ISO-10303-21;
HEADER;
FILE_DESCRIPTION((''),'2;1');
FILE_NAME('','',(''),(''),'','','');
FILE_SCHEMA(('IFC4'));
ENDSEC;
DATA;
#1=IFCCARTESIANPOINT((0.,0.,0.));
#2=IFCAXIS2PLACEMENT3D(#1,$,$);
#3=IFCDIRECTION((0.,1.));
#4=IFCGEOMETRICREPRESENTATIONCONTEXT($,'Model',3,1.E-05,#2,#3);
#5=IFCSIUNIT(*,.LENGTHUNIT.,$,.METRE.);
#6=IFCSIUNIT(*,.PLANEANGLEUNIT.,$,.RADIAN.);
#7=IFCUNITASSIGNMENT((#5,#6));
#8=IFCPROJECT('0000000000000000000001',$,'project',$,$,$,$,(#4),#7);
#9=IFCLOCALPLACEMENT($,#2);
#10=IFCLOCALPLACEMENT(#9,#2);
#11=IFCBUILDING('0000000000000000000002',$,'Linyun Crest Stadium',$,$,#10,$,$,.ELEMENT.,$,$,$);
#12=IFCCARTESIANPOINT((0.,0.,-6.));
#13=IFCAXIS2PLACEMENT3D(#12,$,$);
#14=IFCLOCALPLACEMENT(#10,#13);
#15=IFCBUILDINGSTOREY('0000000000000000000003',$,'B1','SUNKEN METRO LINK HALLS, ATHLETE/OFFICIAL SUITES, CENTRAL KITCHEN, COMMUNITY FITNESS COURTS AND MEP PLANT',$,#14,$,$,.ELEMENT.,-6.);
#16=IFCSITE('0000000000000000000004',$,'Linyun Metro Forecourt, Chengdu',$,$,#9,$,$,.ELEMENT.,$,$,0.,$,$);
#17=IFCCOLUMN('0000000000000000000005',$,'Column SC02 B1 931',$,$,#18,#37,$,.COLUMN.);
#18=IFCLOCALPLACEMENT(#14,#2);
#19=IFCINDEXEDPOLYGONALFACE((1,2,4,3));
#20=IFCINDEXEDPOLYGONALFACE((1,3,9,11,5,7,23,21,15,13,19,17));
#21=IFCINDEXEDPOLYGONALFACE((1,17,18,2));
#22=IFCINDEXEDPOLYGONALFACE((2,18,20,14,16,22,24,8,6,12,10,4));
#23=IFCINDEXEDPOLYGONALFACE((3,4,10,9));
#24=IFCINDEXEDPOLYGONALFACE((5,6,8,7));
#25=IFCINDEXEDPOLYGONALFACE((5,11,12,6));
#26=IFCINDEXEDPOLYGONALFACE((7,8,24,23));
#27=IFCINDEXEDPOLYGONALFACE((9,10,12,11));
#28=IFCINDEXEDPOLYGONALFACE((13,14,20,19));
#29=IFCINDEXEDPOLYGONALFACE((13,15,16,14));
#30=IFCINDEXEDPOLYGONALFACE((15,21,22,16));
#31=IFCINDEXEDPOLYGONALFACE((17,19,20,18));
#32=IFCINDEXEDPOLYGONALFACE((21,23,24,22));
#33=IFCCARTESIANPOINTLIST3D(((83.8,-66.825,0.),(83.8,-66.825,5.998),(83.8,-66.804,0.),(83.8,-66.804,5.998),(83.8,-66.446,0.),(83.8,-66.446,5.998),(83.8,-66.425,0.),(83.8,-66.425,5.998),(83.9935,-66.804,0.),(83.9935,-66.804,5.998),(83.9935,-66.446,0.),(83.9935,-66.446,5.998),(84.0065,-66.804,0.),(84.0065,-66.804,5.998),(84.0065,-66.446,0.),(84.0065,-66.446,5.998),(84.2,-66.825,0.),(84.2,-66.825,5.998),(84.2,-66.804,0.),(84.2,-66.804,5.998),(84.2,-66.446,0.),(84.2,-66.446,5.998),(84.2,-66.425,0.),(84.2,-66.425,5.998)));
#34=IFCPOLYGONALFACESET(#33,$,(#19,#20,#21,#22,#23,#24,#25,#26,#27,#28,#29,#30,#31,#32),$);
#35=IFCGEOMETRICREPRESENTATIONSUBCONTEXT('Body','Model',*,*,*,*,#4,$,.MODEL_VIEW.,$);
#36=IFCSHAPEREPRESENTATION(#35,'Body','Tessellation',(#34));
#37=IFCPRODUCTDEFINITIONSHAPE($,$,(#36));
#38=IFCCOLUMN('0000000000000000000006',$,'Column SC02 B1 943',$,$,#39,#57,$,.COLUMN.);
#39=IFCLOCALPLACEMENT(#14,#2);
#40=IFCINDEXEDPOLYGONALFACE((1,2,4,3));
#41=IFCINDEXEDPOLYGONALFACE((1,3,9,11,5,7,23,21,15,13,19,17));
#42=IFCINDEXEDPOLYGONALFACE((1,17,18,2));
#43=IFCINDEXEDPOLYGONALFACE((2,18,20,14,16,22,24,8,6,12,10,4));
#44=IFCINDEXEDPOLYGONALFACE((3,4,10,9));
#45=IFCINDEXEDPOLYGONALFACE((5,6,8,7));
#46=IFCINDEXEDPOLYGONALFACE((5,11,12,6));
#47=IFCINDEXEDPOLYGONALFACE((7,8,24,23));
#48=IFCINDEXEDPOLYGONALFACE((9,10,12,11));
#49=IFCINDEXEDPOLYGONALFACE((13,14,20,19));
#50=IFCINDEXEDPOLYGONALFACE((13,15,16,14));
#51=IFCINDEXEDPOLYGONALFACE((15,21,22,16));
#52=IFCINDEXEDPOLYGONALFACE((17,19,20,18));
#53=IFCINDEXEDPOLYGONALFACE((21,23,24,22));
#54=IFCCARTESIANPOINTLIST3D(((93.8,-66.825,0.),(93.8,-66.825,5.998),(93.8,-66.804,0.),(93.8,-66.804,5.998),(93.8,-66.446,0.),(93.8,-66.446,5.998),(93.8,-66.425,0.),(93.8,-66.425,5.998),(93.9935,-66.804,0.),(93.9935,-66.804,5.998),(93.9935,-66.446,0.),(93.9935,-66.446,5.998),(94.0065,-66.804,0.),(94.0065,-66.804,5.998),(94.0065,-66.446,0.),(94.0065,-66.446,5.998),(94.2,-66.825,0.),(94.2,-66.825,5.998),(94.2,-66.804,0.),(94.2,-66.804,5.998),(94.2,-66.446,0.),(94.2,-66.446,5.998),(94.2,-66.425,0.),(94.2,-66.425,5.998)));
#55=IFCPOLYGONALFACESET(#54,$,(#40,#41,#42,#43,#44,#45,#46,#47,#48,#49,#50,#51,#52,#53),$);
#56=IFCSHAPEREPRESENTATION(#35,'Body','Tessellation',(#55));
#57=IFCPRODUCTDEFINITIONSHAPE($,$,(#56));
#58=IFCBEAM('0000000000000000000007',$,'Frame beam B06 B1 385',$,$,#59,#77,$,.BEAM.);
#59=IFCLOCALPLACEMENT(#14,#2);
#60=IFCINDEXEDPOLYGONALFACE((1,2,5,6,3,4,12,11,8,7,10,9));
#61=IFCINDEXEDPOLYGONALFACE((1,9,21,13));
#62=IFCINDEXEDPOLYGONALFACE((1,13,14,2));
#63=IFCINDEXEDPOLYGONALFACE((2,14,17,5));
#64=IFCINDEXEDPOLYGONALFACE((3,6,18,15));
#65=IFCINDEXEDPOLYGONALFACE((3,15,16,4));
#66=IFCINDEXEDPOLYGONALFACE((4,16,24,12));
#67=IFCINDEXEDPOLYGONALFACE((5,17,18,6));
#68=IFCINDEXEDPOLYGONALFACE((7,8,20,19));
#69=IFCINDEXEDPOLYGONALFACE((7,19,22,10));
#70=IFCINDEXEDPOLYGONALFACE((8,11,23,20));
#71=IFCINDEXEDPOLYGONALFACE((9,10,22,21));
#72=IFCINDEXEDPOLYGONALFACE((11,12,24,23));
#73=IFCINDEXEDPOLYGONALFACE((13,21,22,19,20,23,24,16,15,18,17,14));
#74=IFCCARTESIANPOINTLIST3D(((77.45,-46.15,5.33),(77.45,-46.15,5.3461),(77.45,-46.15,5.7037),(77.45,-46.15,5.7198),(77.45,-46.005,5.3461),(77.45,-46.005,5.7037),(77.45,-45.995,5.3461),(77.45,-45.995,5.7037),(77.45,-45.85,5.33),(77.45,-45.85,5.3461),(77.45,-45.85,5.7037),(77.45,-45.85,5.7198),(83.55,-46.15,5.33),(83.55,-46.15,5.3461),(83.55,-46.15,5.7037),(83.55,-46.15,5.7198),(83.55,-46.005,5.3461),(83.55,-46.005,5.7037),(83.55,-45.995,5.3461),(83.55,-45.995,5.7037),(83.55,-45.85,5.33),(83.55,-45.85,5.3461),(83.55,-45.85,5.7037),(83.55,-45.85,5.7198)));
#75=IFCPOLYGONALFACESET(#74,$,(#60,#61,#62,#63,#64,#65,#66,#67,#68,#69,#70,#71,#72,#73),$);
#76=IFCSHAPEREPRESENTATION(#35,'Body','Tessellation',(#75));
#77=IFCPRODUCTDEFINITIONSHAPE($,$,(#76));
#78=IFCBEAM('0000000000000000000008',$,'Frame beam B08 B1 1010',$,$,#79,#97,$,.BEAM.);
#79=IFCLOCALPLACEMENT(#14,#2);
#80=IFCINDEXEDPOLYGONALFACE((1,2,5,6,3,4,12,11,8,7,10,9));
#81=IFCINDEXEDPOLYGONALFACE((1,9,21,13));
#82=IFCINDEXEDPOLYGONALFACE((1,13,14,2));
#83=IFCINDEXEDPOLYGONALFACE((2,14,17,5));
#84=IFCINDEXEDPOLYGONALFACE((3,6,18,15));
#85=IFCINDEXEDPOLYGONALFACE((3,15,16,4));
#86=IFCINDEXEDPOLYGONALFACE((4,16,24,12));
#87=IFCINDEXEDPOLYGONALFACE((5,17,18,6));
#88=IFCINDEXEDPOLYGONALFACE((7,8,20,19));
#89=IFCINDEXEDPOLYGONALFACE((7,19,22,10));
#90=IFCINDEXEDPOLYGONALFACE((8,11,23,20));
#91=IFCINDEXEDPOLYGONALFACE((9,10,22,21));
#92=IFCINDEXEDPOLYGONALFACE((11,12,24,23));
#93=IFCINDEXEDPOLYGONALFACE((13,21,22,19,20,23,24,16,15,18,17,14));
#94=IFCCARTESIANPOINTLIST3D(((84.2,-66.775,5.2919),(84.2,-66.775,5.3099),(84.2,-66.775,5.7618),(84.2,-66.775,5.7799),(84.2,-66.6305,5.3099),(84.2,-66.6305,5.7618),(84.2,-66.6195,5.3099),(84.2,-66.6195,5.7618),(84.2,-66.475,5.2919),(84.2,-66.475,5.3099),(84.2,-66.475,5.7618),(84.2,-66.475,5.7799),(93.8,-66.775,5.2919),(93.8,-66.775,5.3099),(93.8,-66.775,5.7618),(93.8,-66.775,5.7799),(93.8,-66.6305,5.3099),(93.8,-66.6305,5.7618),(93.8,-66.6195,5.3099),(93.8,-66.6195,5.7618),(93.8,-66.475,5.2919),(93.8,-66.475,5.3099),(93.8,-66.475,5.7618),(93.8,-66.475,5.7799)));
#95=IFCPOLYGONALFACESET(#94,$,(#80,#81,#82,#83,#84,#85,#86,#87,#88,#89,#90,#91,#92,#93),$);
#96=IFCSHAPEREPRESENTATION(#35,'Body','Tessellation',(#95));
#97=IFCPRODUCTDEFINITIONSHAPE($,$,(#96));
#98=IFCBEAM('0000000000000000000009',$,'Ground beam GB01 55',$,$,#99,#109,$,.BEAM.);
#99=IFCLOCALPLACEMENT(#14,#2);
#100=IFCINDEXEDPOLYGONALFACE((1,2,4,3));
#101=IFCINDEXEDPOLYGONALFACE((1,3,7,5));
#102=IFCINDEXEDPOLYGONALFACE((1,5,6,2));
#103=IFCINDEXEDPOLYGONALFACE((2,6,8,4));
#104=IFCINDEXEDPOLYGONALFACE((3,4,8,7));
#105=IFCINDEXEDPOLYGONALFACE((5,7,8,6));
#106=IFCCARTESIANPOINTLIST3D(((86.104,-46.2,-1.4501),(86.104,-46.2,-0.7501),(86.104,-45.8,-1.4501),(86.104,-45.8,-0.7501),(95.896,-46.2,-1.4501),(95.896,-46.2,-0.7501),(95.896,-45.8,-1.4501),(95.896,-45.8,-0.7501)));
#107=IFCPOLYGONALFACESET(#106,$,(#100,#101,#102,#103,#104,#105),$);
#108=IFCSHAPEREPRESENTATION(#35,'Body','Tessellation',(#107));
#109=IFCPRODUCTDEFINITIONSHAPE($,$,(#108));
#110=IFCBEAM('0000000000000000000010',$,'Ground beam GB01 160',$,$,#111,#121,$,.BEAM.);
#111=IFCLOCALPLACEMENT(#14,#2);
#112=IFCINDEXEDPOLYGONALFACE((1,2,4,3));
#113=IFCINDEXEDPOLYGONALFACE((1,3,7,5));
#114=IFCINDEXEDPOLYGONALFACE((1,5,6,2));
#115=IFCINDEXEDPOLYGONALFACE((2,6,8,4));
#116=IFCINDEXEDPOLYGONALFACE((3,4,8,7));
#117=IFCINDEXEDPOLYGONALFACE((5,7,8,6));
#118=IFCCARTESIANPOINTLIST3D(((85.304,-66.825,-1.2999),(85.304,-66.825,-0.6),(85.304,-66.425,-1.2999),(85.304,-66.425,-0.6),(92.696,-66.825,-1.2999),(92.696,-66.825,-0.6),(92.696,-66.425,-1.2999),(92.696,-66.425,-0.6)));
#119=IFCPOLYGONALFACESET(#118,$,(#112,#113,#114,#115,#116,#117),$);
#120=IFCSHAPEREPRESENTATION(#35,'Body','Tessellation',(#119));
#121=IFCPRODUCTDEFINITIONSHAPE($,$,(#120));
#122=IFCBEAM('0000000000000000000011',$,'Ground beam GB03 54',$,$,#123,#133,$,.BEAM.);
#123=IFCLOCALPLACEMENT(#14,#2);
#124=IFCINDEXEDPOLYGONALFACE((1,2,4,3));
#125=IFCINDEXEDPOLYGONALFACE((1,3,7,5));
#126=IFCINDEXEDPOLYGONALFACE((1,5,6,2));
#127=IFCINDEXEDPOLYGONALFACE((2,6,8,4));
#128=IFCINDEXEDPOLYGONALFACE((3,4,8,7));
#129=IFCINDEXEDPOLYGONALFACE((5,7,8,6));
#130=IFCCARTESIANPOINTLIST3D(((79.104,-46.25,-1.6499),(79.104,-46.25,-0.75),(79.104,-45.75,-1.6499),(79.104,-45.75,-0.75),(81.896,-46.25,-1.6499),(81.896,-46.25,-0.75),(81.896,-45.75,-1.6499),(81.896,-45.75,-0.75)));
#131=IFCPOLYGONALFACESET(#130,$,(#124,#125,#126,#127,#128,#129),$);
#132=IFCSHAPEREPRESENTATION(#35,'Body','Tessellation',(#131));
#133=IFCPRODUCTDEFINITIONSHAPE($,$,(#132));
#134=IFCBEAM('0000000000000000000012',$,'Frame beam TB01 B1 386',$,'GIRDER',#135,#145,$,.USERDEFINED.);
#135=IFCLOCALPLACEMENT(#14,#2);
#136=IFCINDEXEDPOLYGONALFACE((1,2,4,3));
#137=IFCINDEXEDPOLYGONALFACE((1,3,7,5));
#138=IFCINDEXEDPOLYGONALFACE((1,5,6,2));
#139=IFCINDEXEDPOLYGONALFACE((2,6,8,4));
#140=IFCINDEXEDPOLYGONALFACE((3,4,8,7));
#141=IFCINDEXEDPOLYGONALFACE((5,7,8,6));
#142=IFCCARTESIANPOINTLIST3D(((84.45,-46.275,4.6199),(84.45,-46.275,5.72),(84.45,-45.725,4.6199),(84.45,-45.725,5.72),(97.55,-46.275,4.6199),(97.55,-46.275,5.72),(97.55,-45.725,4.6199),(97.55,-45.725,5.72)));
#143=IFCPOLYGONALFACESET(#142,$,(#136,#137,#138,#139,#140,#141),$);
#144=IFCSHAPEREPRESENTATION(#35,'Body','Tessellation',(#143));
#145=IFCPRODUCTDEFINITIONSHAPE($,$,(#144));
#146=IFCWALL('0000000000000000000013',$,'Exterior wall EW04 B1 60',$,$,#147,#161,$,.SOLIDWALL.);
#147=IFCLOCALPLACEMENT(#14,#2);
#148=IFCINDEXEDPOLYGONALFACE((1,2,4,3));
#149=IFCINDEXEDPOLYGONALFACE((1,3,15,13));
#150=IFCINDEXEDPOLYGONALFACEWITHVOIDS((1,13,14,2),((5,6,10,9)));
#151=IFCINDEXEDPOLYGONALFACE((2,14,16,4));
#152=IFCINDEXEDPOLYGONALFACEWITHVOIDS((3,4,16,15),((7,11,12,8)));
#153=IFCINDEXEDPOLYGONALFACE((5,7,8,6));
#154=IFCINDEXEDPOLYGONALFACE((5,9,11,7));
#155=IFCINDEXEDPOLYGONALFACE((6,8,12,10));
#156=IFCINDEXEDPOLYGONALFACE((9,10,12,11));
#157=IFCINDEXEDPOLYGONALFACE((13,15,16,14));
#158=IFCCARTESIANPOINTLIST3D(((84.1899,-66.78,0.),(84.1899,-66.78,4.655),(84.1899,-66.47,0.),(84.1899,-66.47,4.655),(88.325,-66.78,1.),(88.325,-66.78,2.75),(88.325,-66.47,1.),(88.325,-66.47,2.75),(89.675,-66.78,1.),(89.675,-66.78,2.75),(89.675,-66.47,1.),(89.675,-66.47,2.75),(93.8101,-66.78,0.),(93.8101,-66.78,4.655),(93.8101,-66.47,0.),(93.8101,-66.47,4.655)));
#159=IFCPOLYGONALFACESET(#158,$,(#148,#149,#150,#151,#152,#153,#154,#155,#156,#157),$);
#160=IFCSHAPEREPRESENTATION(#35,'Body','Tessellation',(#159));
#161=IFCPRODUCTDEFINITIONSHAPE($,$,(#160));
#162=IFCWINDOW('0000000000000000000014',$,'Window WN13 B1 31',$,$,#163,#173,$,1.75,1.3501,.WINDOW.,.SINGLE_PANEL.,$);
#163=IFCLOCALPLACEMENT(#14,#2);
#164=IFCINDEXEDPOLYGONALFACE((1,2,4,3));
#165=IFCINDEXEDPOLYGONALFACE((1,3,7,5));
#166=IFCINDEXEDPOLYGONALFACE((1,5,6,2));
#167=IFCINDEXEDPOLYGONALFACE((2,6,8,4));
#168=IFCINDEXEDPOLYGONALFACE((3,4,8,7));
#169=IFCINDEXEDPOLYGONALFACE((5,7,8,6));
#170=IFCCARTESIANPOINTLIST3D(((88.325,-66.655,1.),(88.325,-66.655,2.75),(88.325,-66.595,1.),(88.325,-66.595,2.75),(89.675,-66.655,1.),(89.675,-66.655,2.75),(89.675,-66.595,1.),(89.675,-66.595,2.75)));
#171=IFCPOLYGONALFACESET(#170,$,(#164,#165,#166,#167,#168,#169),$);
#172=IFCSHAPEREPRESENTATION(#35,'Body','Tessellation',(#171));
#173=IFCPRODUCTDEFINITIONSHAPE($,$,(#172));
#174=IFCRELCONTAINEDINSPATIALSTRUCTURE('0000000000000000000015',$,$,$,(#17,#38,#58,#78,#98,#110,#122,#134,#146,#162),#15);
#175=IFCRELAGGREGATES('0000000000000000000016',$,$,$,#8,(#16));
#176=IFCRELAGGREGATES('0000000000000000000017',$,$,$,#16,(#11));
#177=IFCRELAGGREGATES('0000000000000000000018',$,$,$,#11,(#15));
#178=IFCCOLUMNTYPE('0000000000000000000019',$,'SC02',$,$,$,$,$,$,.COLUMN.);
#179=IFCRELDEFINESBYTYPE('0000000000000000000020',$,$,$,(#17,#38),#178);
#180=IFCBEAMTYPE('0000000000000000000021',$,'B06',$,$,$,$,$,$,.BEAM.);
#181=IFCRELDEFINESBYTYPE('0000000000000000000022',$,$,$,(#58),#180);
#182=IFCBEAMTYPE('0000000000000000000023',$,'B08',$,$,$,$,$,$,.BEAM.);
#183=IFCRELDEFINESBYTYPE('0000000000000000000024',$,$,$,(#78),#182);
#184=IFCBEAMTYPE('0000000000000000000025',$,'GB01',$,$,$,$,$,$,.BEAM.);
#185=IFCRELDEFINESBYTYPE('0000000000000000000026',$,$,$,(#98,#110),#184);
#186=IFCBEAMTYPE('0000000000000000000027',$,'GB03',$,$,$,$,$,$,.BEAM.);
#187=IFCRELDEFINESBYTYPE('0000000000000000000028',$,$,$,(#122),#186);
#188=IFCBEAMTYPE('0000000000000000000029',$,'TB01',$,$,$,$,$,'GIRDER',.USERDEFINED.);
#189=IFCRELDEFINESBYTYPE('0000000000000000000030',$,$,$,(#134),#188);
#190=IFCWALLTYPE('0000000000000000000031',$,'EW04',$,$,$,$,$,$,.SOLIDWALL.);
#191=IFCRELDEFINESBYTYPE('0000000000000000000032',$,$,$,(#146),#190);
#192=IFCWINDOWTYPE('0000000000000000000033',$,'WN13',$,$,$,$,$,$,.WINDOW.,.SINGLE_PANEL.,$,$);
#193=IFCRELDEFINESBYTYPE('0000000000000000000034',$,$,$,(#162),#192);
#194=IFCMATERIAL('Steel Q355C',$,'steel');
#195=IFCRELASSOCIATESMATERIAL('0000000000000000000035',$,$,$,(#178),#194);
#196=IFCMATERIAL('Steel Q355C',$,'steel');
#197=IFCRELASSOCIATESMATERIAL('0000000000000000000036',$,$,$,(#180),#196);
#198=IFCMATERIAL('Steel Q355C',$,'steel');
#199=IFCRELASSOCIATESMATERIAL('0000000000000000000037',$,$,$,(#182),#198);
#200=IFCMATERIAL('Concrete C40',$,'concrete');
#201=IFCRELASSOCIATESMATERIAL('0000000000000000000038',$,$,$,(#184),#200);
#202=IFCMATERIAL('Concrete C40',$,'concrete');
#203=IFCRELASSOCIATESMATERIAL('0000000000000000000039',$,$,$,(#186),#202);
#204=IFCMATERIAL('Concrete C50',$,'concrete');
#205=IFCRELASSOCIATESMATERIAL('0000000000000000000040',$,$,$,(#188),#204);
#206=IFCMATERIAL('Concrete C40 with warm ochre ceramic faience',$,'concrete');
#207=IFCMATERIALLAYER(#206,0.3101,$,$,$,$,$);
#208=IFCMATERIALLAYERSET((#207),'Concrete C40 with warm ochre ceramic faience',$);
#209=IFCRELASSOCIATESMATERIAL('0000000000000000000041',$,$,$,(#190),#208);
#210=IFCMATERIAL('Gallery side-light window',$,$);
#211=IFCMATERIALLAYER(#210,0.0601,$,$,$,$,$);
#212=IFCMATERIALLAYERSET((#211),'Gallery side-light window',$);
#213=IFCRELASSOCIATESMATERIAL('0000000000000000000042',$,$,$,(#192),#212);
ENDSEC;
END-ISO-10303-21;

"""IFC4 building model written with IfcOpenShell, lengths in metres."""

from ifc_helpers import new_model, si_unit, direction, frame, frame_2d, origin, origin_2d, place, context, subcontext, project, spatial, rectangle, i_section, extrude, material, layer, layer_set, material_profile, profile_set, type_object, element, fill, save


model = new_model("IFC4")

# Units and contexts
model_context = context("Model", 3, precision=1e-05, world=origin(), true_north=direction((0.0, 1.0)))
body_context = subcontext(model_context, "Body", "Model", "MODEL_VIEW")
ifc_project = project(units=[si_unit("LENGTHUNIT", "METRE"), si_unit("PLANEANGLEUNIT", "RADIAN")], contexts=[model_context])

# Site, building, storey
site_placement = place(None, origin())
site = spatial("IfcSite", under=ifc_project, at=site_placement, Name="Linyun Metro Forecourt, Chengdu", CompositionType="ELEMENT", RefElevation=0.0)
building_placement = place(site_placement, origin())
building = spatial("IfcBuilding", under=site, at=building_placement, Name="Linyun Crest Stadium", CompositionType="ELEMENT")
storey_placement = place(building_placement, frame((0.0, 0.0, -6.0)))
storey = spatial("IfcBuildingStorey", under=building, at=storey_placement, Name="B1", Description="SUNKEN METRO LINK HALLS, ATHLETE/OFFICIAL SUITES, CENTRAL KITCHEN, COMMUNITY FITNESS COURTS AND MEP PLANT", CompositionType="ELEMENT", Elevation=-6.0)

# Columns
ifc_material_1 = material(Name="Steel Q355C", Category="steel")
ifc_material_profile_1 = material_profile(ifc_material_1, i_section(OverallWidth=0.3999, OverallDepth=0.3999, WebThickness=0.0129, FlangeThickness=0.021, at=origin_2d()), Name="HW 400x400")
ifc_profile_set_1 = profile_set([ifc_material_profile_1], Name="Steel Q355C")
column_type_1 = type_object("IfcColumnType", Name="SC02", PredefinedType="COLUMN", material=ifc_profile_set_1)
for number, where, z_axis, x_axis, name in (
    (1, (84.0, -66.625, 0.0), (0.0, 0.0, 1.0), (1.0, 0.0, 0.0), "Column SC02 B1 931"),
    (2, (94.0, -66.625, 0.0), (0.0, 0.0, 1.0), (1.0, 0.0, 0.0), "Column SC02 B1 943"),
):
    element("IfcColumn", number, at=place(storey_placement, frame(where, z_axis=z_axis, x_axis=x_axis)), inside=storey, type_object=column_type_1, Name=name, PredefinedType="COLUMN", context=body_context, shape_type="SweptSolid", body=[
        extrude(i_section(OverallWidth=0.3999, OverallDepth=0.3999, WebThickness=0.0129, FlangeThickness=0.021, at=origin_2d()), origin(), (0.0, 0.0, 1.0), 5.998),
    ])

# Beams
ifc_material_2 = material(Name="Steel Q355C", Category="steel")
ifc_material_profile_2 = material_profile(ifc_material_2, i_section(OverallWidth=0.3, OverallDepth=0.3899, WebThickness=0.01, FlangeThickness=0.0161, at=origin_2d()), Name="HM 390x300")
ifc_profile_set_2 = profile_set([ifc_material_profile_2], Name="Steel Q355C")
beam_type_1 = type_object("IfcBeamType", Name="B06", PredefinedType="BEAM", material=ifc_profile_set_2)
beam_1_placement = place(storey_placement, frame((77.45, -46.0, 5.5249), z_axis=(1.0, 0.0, 0.0), x_axis=(0.0, 1.0, 0.0)))
element("IfcBeam", 3, at=beam_1_placement, inside=storey, type_object=beam_type_1, Name="Frame beam B06 B1 385", PredefinedType="BEAM", context=body_context, shape_type="SweptSolid", body=[
    extrude(i_section(OverallWidth=0.3, OverallDepth=0.3899, WebThickness=0.01, FlangeThickness=0.0161, at=origin_2d()), origin(), (0.0, 0.0, 1.0), 6.1001),
])
ifc_material_3 = material(Name="Steel Q355C", Category="steel")
ifc_material_profile_3 = material_profile(ifc_material_3, i_section(OverallWidth=0.3, OverallDepth=0.488, WebThickness=0.011, FlangeThickness=0.0181, at=origin_2d()), Name="HM 488x300")
ifc_profile_set_3 = profile_set([ifc_material_profile_3], Name="Steel Q355C")
beam_type_2 = type_object("IfcBeamType", Name="B08", PredefinedType="BEAM", material=ifc_profile_set_3)
beam_2_placement = place(storey_placement, frame((84.2, -66.625, 5.5359), z_axis=(1.0, 0.0, 0.0), x_axis=(0.0, 1.0, 0.0)))
element("IfcBeam", 4, at=beam_2_placement, inside=storey, type_object=beam_type_2, Name="Frame beam B08 B1 1010", PredefinedType="BEAM", context=body_context, shape_type="SweptSolid", body=[
    extrude(i_section(OverallWidth=0.3, OverallDepth=0.488, WebThickness=0.011, FlangeThickness=0.0181, at=origin_2d()), origin(), (0.0, 0.0, 1.0), 9.6001),
])
ifc_material_4 = material(Name="Concrete C40", Category="concrete")
ifc_material_profile_4 = material_profile(ifc_material_4, rectangle(XDim=0.3999, YDim=0.7, at=origin_2d()), Name="RCB 700x400")
ifc_profile_set_4 = profile_set([ifc_material_profile_4], Name="Concrete C40")
beam_type_3 = type_object("IfcBeamType", Name="GB01", PredefinedType="BEAM", material=ifc_profile_set_4)
beam_3_placement = place(storey_placement, frame((86.104, -46.0, -1.1001), z_axis=(1.0, 0.0, 0.0), x_axis=(0.0, 1.0, 0.0)))
element("IfcBeam", 5, at=beam_3_placement, inside=storey, type_object=beam_type_3, Name="Ground beam GB01 55", PredefinedType="BEAM", context=body_context, shape_type="SweptSolid", body=[
    extrude(rectangle(XDim=0.3999, YDim=0.7, at=origin_2d()), origin(), (0.0, 0.0, 1.0), 9.792),
])
beam_4_placement = place(storey_placement, frame((85.304, -66.625, -0.95), z_axis=(1.0, 0.0, 0.0), x_axis=(0.0, 1.0, 0.0)))
element("IfcBeam", 6, at=beam_4_placement, inside=storey, type_object=beam_type_3, Name="Ground beam GB01 160", PredefinedType="BEAM", context=body_context, shape_type="SweptSolid", body=[
    extrude(rectangle(XDim=0.3999, YDim=0.7, at=origin_2d()), origin(), (0.0, 0.0, 1.0), 7.3921),
])
ifc_material_5 = material(Name="Concrete C40", Category="concrete")
ifc_material_profile_5 = material_profile(ifc_material_5, rectangle(XDim=0.5, YDim=0.8999, at=origin_2d()), Name="RCB 900x500")
ifc_profile_set_5 = profile_set([ifc_material_profile_5], Name="Concrete C40")
beam_type_4 = type_object("IfcBeamType", Name="GB03", PredefinedType="BEAM", material=ifc_profile_set_5)
beam_5_placement = place(storey_placement, frame((79.104, -46.0, -1.2), z_axis=(1.0, 0.0, 0.0), x_axis=(0.0, 1.0, 0.0)))
element("IfcBeam", 7, at=beam_5_placement, inside=storey, type_object=beam_type_4, Name="Ground beam GB03 54", PredefinedType="BEAM", context=body_context, shape_type="SweptSolid", body=[
    extrude(rectangle(XDim=0.5, YDim=0.8999, at=origin_2d()), origin(), (0.0, 0.0, 1.0), 2.792),
])
ifc_material_6 = material(Name="Concrete C50", Category="concrete")
ifc_material_profile_6 = material_profile(ifc_material_6, rectangle(XDim=0.55, YDim=1.1001, at=origin_2d()), Name="RCB 1100x550")
ifc_profile_set_6 = profile_set([ifc_material_profile_6], Name="Concrete C50")
beam_type_5 = type_object("IfcBeamType", Name="TB01", ElementType="GIRDER", PredefinedType="USERDEFINED", material=ifc_profile_set_6)
beam_6_placement = place(storey_placement, frame((84.45, -46.0, 5.1699), z_axis=(1.0, 0.0, 0.0), x_axis=(0.0, 1.0, 0.0)))
element("IfcBeam", 8, at=beam_6_placement, inside=storey, type_object=beam_type_5, Name="Frame beam TB01 B1 386", ObjectType="GIRDER", PredefinedType="USERDEFINED", context=body_context, shape_type="SweptSolid", body=[
    extrude(rectangle(XDim=0.55, YDim=1.1001, at=origin_2d()), origin(), (0.0, 0.0, 1.0), 13.1001),
])

# Wall, opening, window
ifc_material_7 = material(Name="Concrete C40 with warm ochre ceramic faience", Category="concrete")
ifc_layer_1 = layer(ifc_material_7, 0.3101)
ifc_layer_set_1 = layer_set([ifc_layer_1], Name="Concrete C40 with warm ochre ceramic faience")
wall_type_1 = type_object("IfcWallType", Name="EW04", PredefinedType="SOLIDWALL", material=ifc_layer_set_1)
wall_1_placement = place(storey_placement, frame((84.1899, -66.625, 0.0), z_axis=(0.0, 0.0, 1.0), x_axis=(1.0, 0.0, 0.0)))
wall_1 = element("IfcWall", 9, at=wall_1_placement, inside=storey, type_object=wall_type_1, Name="Exterior wall EW04 B1 60", PredefinedType="SOLIDWALL", context=body_context, shape_type="SweptSolid", body=[
    extrude(rectangle(XDim=9.6201, YDim=0.3101, at=frame_2d((4.8101, 0.0))), origin(), (0.0, 0.0, 1.0), 4.655),
])
opening_1_placement = place(wall_1_placement, frame((4.135, 0.0, 1.0)))
opening_1 = element("IfcOpeningElement", 10, at=opening_1_placement, cuts=wall_1, PredefinedType="OPENING", context=body_context, shape_type="SweptSolid", body=[
    extrude(rectangle(XDim=1.3501, YDim=1.75, at=frame_2d((0.675, 0.875))), frame((0.0, 0.165, 0.0), z_axis=(0.0, -1.0, 0.0), x_axis=(1.0, 0.0, 0.0)), (0.0, 0.0, 1.0), 0.3301),
])
ifc_material_8 = material(Name="Gallery side-light window")
ifc_layer_2 = layer(ifc_material_8, 0.0601)
ifc_layer_set_2 = layer_set([ifc_layer_2], Name="Gallery side-light window")
window_type = type_object("IfcWindowType", Name="WN13", PartitioningType="SINGLE_PANEL", PredefinedType="WINDOW", material=ifc_layer_set_2)
window_placement = place(opening_1_placement, origin())
window = element("IfcWindow", 11, at=window_placement, inside=storey, type_object=window_type, Name="Window WN13 B1 31", OverallHeight=1.75, OverallWidth=1.3501, PartitioningType="SINGLE_PANEL", PredefinedType="WINDOW", context=body_context, shape_type="SweptSolid", body=[
    extrude(rectangle(XDim=1.3501, YDim=1.75, at=frame_2d((0.675, 0.875))), frame((0.0, 0.03, 0.0), z_axis=(0.0, -1.0, 0.0), x_axis=(1.0, 0.0, 0.0)), (0.0, 0.0, 1.0), 0.0601),
])
fill(opening_1, window)

save(model, "model.ifc")
